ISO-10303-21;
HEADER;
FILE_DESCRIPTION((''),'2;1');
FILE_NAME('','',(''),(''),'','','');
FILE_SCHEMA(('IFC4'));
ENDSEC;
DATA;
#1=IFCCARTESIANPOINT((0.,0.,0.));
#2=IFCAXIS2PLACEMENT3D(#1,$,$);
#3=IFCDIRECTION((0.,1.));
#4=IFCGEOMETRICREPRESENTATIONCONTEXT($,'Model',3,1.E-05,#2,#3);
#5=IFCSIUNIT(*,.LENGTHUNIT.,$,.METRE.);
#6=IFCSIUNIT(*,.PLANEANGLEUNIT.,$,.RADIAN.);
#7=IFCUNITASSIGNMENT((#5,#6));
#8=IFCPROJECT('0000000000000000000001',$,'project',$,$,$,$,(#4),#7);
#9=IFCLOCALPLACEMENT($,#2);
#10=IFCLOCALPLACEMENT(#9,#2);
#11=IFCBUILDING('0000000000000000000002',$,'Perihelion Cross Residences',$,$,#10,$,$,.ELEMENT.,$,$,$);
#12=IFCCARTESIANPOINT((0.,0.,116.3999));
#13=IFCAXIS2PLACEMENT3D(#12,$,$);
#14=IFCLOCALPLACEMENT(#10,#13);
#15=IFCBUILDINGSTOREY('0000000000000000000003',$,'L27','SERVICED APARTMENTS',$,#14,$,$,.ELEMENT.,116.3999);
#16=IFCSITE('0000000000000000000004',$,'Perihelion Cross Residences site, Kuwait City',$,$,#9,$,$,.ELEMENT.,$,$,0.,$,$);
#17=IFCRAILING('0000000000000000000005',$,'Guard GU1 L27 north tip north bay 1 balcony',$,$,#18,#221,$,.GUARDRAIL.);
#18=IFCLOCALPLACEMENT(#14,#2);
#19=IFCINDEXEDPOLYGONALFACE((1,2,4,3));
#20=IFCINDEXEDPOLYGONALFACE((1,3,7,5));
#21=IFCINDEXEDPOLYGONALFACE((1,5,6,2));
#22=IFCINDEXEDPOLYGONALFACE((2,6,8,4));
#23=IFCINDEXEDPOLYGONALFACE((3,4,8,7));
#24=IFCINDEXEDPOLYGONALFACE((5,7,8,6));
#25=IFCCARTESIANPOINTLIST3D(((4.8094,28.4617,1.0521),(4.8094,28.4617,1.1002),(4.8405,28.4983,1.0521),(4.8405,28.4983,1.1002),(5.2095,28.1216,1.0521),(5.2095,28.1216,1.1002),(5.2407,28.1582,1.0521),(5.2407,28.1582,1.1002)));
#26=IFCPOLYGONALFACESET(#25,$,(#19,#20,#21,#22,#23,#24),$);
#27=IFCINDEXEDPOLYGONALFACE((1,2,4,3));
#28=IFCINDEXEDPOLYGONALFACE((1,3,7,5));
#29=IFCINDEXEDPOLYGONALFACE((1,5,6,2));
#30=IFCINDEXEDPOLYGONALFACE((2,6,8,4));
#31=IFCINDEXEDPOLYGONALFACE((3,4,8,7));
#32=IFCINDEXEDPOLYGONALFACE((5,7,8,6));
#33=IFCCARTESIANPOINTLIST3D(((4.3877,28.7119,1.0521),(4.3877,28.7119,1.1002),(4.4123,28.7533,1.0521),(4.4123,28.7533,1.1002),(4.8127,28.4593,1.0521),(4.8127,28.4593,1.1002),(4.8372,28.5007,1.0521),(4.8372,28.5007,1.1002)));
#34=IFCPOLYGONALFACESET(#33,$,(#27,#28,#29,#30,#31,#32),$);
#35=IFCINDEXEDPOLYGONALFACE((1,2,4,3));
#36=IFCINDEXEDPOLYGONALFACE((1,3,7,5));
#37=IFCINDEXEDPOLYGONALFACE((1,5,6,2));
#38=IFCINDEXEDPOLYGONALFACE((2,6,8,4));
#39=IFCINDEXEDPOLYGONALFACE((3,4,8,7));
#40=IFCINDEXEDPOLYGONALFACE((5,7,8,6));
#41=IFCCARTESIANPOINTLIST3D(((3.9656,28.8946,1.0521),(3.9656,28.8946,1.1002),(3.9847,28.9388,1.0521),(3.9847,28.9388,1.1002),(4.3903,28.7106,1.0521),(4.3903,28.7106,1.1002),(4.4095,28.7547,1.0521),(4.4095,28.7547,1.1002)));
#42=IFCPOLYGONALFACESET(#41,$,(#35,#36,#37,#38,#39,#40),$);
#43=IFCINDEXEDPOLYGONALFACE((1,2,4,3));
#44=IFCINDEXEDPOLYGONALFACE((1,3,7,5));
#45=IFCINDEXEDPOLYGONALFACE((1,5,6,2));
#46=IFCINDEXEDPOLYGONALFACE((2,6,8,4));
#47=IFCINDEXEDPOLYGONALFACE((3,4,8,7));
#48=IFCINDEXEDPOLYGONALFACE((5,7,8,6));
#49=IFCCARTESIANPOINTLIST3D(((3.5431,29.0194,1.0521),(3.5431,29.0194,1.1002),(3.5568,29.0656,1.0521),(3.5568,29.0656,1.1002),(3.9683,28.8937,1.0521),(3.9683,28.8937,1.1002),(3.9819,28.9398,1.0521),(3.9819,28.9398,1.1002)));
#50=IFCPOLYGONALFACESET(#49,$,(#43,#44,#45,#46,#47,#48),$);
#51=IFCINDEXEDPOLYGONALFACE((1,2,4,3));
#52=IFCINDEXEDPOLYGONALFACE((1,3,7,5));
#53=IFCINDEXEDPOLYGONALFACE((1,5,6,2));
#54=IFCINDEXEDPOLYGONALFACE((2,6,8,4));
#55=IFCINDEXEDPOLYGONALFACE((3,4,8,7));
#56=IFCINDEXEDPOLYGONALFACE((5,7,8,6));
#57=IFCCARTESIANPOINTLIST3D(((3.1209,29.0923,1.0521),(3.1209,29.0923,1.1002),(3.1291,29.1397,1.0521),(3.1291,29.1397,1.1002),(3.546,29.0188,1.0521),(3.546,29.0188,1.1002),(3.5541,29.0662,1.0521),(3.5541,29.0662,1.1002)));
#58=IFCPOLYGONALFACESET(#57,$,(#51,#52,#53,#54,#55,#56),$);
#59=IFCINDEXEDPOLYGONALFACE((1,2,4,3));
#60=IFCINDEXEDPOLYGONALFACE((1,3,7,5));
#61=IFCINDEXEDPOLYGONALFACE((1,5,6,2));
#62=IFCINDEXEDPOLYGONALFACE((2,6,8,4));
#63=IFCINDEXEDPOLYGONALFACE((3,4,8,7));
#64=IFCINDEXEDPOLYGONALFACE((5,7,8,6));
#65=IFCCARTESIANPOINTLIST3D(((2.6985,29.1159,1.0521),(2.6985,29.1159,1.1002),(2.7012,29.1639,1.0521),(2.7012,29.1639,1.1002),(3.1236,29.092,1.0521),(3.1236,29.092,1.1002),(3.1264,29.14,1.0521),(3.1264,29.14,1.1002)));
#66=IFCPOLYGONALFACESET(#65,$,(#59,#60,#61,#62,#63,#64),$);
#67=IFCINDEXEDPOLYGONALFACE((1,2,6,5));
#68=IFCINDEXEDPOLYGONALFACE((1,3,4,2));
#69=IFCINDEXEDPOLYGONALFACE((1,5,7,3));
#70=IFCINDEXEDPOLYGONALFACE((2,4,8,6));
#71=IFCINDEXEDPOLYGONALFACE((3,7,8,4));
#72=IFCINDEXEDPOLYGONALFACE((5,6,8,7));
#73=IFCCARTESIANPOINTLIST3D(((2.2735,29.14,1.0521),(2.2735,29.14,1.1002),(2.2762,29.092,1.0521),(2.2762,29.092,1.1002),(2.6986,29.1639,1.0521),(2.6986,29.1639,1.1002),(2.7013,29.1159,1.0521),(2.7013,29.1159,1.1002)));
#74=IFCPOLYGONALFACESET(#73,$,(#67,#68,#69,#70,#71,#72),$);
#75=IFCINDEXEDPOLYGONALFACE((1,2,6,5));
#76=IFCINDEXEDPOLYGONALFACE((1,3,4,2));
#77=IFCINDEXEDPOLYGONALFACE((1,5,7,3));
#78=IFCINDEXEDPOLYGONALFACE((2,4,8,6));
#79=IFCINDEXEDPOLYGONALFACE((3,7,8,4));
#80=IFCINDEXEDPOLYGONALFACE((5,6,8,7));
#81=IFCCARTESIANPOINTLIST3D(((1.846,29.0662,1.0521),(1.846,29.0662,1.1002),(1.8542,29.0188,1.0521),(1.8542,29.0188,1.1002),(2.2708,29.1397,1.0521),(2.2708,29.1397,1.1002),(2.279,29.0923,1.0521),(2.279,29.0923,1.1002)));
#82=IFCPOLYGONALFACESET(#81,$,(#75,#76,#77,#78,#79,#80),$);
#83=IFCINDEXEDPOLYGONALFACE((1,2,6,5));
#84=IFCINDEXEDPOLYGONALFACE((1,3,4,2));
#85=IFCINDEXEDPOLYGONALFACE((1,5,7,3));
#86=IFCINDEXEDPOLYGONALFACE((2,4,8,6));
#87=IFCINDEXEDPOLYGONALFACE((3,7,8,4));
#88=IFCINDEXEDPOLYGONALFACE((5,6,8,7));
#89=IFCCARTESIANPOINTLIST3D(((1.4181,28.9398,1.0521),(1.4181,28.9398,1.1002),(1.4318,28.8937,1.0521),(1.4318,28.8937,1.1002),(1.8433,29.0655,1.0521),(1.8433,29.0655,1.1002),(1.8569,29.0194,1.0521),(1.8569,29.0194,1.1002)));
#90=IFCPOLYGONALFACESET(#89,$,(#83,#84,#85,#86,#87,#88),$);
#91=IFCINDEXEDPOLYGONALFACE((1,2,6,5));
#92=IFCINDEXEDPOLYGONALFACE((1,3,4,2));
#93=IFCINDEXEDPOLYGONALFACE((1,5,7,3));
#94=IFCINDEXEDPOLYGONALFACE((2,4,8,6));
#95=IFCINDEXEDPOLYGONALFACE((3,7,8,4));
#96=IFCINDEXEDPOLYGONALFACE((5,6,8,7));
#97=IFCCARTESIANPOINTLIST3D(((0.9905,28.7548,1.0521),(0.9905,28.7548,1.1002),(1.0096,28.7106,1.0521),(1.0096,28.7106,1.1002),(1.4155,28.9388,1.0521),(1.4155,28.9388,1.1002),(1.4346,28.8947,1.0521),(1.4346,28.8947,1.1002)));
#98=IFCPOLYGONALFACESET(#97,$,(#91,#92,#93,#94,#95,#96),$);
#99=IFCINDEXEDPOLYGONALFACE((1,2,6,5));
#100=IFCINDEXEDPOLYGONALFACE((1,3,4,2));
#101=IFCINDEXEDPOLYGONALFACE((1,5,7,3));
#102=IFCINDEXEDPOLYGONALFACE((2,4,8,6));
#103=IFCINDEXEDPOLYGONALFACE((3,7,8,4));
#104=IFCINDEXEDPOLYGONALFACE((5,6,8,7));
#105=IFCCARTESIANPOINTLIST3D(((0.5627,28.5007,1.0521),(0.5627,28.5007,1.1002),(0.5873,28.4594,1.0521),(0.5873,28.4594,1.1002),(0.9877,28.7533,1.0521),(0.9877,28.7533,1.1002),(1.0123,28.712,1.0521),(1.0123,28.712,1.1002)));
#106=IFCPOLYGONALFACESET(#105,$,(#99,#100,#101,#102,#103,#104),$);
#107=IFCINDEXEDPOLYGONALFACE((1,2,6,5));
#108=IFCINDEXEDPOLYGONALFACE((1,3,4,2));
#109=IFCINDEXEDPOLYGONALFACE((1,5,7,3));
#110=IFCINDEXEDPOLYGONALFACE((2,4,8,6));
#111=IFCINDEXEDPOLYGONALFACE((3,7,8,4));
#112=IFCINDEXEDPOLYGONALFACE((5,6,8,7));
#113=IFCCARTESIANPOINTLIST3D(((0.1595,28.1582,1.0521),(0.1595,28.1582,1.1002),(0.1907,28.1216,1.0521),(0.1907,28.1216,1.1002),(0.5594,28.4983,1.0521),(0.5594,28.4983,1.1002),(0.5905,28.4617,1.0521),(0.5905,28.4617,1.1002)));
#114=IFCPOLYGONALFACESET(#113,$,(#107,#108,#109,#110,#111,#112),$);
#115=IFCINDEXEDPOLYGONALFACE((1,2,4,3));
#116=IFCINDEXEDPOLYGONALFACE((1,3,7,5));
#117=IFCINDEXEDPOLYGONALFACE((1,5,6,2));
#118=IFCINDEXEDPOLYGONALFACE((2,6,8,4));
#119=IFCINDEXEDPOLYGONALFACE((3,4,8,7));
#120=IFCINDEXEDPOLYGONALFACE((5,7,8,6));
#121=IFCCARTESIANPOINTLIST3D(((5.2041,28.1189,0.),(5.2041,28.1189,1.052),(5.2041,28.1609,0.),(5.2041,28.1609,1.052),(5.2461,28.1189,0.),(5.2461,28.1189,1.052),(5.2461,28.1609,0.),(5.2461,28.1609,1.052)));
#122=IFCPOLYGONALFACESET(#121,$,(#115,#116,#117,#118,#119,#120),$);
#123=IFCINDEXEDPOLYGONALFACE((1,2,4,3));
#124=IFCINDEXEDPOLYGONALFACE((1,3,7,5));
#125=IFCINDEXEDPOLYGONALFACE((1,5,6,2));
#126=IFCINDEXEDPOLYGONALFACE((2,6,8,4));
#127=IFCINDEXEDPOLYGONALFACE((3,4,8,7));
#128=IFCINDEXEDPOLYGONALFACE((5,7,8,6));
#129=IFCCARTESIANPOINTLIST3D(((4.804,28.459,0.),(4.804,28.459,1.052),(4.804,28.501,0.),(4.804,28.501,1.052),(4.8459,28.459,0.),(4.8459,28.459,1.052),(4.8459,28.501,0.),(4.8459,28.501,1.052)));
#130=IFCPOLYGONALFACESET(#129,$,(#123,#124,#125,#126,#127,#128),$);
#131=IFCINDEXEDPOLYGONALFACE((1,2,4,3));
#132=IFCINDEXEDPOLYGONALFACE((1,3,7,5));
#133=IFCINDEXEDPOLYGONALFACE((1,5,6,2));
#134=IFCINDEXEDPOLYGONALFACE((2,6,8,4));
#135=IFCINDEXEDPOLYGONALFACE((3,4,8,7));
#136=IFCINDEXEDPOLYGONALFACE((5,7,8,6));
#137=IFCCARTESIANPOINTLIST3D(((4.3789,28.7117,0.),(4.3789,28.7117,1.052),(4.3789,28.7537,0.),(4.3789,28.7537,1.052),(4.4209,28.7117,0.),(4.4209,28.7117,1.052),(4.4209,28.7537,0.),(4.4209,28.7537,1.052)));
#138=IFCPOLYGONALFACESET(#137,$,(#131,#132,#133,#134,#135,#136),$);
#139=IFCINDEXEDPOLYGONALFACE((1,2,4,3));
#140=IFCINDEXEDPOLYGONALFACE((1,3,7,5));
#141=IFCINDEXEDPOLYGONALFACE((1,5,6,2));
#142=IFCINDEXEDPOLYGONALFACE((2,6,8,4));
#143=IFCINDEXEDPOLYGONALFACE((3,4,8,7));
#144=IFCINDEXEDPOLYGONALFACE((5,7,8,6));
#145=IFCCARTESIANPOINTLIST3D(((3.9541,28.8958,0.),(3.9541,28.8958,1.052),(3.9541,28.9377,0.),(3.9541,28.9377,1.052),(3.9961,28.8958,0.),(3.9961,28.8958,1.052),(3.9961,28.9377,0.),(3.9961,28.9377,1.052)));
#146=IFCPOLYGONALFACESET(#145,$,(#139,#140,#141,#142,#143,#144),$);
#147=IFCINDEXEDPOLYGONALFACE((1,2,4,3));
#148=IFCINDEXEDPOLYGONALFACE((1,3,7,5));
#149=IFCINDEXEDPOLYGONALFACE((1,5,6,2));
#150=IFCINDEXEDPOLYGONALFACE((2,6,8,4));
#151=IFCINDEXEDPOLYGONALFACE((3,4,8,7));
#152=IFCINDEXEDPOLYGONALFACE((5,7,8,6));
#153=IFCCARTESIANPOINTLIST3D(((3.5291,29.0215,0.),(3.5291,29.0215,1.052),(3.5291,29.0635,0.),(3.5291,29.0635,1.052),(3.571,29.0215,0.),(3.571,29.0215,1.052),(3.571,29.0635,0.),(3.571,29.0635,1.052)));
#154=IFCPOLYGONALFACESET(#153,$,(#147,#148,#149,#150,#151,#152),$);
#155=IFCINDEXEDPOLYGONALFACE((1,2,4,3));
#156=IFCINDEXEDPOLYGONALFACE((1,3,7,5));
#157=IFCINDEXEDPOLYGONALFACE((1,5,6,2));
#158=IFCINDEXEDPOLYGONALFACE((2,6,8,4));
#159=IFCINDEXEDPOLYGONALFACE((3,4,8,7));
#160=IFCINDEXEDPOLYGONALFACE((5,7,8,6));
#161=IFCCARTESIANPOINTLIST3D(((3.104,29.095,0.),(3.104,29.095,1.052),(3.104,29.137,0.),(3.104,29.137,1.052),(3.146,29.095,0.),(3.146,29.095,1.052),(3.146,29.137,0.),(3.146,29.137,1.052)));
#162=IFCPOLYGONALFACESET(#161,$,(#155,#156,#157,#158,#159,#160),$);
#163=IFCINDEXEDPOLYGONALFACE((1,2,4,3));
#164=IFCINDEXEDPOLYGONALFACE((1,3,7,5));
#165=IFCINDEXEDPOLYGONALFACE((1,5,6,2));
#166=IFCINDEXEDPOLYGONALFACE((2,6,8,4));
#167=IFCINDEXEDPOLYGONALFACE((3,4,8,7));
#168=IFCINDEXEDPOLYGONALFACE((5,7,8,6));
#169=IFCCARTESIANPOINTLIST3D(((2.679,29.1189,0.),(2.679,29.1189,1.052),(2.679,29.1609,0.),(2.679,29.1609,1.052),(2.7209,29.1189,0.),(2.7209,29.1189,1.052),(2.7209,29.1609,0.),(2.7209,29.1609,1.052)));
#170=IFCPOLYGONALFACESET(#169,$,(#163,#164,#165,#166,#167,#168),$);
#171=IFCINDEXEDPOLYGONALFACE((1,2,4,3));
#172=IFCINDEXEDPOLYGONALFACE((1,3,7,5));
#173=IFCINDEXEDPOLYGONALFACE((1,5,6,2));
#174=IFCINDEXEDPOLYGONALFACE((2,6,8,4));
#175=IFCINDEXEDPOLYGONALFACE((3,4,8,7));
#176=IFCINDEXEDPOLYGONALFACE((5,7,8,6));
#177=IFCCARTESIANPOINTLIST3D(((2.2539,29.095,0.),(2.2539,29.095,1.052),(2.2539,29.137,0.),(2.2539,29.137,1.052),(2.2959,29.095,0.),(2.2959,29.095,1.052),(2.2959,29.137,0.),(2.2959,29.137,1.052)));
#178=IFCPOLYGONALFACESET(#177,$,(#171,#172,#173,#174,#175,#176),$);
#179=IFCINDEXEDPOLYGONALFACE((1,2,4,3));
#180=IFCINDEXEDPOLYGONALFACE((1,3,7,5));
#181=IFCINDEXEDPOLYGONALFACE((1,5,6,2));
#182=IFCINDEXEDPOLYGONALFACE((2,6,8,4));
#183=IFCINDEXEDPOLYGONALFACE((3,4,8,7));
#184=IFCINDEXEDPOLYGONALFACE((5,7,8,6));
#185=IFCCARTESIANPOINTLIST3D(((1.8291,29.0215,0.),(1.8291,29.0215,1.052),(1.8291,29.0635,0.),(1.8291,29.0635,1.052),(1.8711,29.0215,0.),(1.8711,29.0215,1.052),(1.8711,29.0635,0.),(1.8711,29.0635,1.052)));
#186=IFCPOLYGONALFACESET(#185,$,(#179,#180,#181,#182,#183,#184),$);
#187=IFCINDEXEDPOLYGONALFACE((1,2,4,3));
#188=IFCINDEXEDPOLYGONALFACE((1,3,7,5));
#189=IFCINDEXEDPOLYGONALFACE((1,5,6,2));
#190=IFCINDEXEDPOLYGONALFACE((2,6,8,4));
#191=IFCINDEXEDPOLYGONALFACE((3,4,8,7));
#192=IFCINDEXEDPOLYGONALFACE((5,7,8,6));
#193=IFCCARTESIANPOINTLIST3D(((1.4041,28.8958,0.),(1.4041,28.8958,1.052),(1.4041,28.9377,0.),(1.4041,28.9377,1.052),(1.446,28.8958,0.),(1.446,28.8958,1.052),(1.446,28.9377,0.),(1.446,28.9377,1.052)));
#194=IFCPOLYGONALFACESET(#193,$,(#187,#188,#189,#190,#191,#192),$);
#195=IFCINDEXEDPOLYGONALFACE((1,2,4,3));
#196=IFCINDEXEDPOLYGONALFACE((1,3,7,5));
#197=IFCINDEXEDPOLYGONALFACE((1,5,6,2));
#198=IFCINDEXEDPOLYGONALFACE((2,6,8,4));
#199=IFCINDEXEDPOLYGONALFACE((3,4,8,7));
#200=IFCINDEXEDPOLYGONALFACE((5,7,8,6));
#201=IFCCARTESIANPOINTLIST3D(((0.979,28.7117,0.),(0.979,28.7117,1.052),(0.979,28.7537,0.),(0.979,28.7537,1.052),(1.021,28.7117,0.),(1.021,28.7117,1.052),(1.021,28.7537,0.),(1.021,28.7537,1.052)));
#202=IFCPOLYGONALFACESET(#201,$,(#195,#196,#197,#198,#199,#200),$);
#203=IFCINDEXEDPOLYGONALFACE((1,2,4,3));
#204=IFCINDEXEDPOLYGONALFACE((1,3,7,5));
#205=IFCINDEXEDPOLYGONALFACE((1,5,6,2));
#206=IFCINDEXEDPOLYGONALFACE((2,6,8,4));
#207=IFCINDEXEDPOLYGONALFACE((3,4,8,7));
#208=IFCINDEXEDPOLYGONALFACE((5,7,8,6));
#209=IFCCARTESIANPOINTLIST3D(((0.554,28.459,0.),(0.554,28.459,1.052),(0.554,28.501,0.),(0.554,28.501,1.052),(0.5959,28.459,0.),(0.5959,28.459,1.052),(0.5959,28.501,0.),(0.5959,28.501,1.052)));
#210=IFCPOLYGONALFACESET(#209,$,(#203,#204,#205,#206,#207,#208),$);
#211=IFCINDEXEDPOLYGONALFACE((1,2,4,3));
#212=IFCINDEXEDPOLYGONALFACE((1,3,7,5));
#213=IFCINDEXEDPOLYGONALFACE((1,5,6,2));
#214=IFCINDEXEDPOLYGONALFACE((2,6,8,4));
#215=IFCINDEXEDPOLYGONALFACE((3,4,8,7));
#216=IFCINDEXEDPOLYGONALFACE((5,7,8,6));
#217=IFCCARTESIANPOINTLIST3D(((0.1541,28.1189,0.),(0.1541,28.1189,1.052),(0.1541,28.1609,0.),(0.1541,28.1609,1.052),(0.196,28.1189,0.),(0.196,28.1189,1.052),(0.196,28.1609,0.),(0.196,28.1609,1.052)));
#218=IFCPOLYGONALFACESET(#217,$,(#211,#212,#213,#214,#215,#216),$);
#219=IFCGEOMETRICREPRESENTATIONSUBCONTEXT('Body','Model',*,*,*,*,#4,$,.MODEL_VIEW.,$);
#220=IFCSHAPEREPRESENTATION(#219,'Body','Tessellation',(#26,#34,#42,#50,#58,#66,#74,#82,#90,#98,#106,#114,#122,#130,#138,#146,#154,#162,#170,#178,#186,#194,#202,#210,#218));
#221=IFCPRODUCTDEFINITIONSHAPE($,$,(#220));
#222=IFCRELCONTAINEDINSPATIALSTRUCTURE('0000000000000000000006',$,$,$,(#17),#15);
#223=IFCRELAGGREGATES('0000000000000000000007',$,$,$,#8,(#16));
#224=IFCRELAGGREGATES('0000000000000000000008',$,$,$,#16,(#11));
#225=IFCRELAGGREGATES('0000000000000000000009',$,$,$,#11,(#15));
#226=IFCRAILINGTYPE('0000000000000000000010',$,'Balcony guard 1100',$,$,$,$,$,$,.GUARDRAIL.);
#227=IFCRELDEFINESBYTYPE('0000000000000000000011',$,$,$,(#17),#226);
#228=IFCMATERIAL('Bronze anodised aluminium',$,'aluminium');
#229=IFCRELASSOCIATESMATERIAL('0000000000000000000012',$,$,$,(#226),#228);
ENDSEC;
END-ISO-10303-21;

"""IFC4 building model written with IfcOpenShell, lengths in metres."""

from ifc_helpers import new_model, si_unit, direction, frame, origin, origin_2d, place, context, subcontext, project, spatial, rectangle, extrude, material, type_object, element, save


model = new_model("IFC4")

# Units and contexts
model_context = context("Model", 3, precision=1e-05, world=origin(), true_north=direction((0.0, 1.0)))
body_context = subcontext(model_context, "Body", "Model", "MODEL_VIEW")
ifc_project = project(units=[si_unit("LENGTHUNIT", "METRE"), si_unit("PLANEANGLEUNIT", "RADIAN")], contexts=[model_context])

# Site, building, storey
site_placement = place(None, origin())
site = spatial("IfcSite", under=ifc_project, at=site_placement, Name="Perihelion Cross Residences site, Kuwait City", CompositionType="ELEMENT", RefElevation=0.0)
building_placement = place(site_placement, origin())
building = spatial("IfcBuilding", under=site, at=building_placement, Name="Perihelion Cross Residences", CompositionType="ELEMENT")
storey_placement = place(building_placement, frame((0.0, 0.0, 116.3999)))
storey = spatial("IfcBuildingStorey", under=building, at=storey_placement, Name="L27", Description="SERVICED APARTMENTS", CompositionType="ELEMENT", Elevation=116.3999)

# Railing
ifc_material_1 = material(Name="Bronze anodised aluminium", Category="aluminium")
railing_type = type_object("IfcRailingType", Name="Balcony guard 1100", PredefinedType="GUARDRAIL", material=ifc_material_1)
railing_placement = place(storey_placement, frame((5.2251, 28.1399, 0.0)))
element("IfcRailing", 1, at=railing_placement, inside=storey, type_object=railing_type, Name="Guard GU1 L27 north tip north bay 1 balcony", PredefinedType="GUARDRAIL", context=body_context, shape_type="SweptSolid", body=[
    extrude(rectangle(XDim=0.0481, YDim=0.0481, at=origin_2d()), frame((0.0, 0.0, 1.0762), z_axis=(-0.761974, 0.647608, 0.0), x_axis=(-0.647608, -0.761974, 0.0)), (0.0, 0.0, 1.0), 0.5251),
    extrude(rectangle(XDim=0.0481, YDim=0.0481, at=origin_2d()), frame((-0.4001, 0.3401, 1.0762), z_axis=(-0.859577, 0.511006, 0.0), x_axis=(-0.511006, -0.859577, 0.0)), (0.0, 0.0, 1.0), 0.4944),
    extrude(rectangle(XDim=0.0481, YDim=0.0481, at=origin_2d()), frame((-0.8252, 0.5928, 1.0762), z_axis=(-0.917556, 0.397607, 0.0), x_axis=(-0.397607, -0.917556, 0.0)), (0.0, 0.0, 1.0), 0.4629),
    extrude(rectangle(XDim=0.0481, YDim=0.0481, at=origin_2d()), frame((-1.25, 0.7769, 1.0762), z_axis=(-0.958926, 0.283657, 0.0), x_axis=(-0.283657, -0.958926, 0.0)), (0.0, 0.0, 1.0), 0.4434),
    extrude(rectangle(XDim=0.0481, YDim=0.0481, at=origin_2d()), frame((-1.675, 0.9026, 1.0762), z_axis=(-0.985382, 0.170362, 0.0), x_axis=(-0.170362, -0.985382, 0.0)), (0.0, 0.0, 1.0), 0.4314),
    extrude(rectangle(XDim=0.0481, YDim=0.0481, at=origin_2d()), frame((-2.1001, 0.9761, 1.0762), z_axis=(-0.99842, 0.056201, 0.0), x_axis=(-0.056201, -0.99842, 0.0)), (0.0, 0.0, 1.0), 0.4258),
    extrude(rectangle(XDim=0.0481, YDim=0.0481, at=origin_2d()), frame((-2.5251, 1.0, 1.0762), z_axis=(-0.99842, -0.056201, 0.0), x_axis=(0.056201, -0.99842, 0.0)), (0.0, 0.0, 1.0), 0.4258),
    extrude(rectangle(XDim=0.0481, YDim=0.0481, at=origin_2d()), frame((-2.9502, 0.9761, 1.0762), z_axis=(-0.985365, -0.170457, 0.0), x_axis=(0.170457, -0.985365, 0.0)), (0.0, 0.0, 1.0), 0.4312),
    extrude(rectangle(XDim=0.0481, YDim=0.0481, at=origin_2d()), frame((-3.375, 0.9026, 1.0762), z_axis=(-0.958926, -0.283657, 0.0), x_axis=(0.283657, -0.958926, 0.0)), (0.0, 0.0, 1.0), 0.4434),
    extrude(rectangle(XDim=0.0481, YDim=0.0481, at=origin_2d()), frame((-3.8, 0.7769, 1.0762), z_axis=(-0.917639, -0.397415, 0.0), x_axis=(0.397415, -0.917639, 0.0)), (0.0, 0.0, 1.0), 0.4631),
    extrude(rectangle(XDim=0.0481, YDim=0.0481, at=origin_2d()), frame((-4.2251, 0.5928, 1.0762), z_axis=(-0.859577, -0.511006, 0.0), x_axis=(0.511006, -0.859577, 0.0)), (0.0, 0.0, 1.0), 0.4944),
    extrude(rectangle(XDim=0.0481, YDim=0.0481, at=origin_2d()), frame((-4.6501, 0.3401, 1.0762), z_axis=(-0.761779, -0.647837, 0.0), x_axis=(0.647837, -0.761779, 0.0)), (0.0, 0.0, 1.0), 0.5249),
    extrude(rectangle(XDim=0.042, YDim=0.042, at=origin_2d()), origin(), (0.0, 0.0, 1.0), 1.052),
    extrude(rectangle(XDim=0.042, YDim=0.042, at=origin_2d()), frame((-0.4001, 0.3401, 0.0)), (0.0, 0.0, 1.0), 1.052),
    extrude(rectangle(XDim=0.042, YDim=0.042, at=origin_2d()), frame((-0.8252, 0.5928, 0.0)), (0.0, 0.0, 1.0), 1.052),
    extrude(rectangle(XDim=0.042, YDim=0.042, at=origin_2d()), frame((-1.25, 0.7769, 0.0)), (0.0, 0.0, 1.0), 1.052),
    extrude(rectangle(XDim=0.042, YDim=0.042, at=origin_2d()), frame((-1.675, 0.9026, 0.0)), (0.0, 0.0, 1.0), 1.052),
    extrude(rectangle(XDim=0.042, YDim=0.042, at=origin_2d()), frame((-2.1001, 0.9761, 0.0)), (0.0, 0.0, 1.0), 1.052),
    extrude(rectangle(XDim=0.042, YDim=0.042, at=origin_2d()), frame((-2.5251, 1.0, 0.0)), (0.0, 0.0, 1.0), 1.052),
    extrude(rectangle(XDim=0.042, YDim=0.042, at=origin_2d()), frame((-2.9502, 0.9761, 0.0)), (0.0, 0.0, 1.0), 1.052),
    extrude(rectangle(XDim=0.042, YDim=0.042, at=origin_2d()), frame((-3.375, 0.9026, 0.0)), (0.0, 0.0, 1.0), 1.052),
    extrude(rectangle(XDim=0.042, YDim=0.042, at=origin_2d()), frame((-3.8, 0.7769, 0.0)), (0.0, 0.0, 1.0), 1.052),
    extrude(rectangle(XDim=0.042, YDim=0.042, at=origin_2d()), frame((-4.2251, 0.5928, 0.0)), (0.0, 0.0, 1.0), 1.052),
    extrude(rectangle(XDim=0.042, YDim=0.042, at=origin_2d()), frame((-4.6501, 0.3401, 0.0)), (0.0, 0.0, 1.0), 1.052),
    extrude(rectangle(XDim=0.042, YDim=0.042, at=origin_2d()), frame((-5.05, 0.0, 0.0)), (0.0, 0.0, 1.0), 1.052),
])

save(model, "model.ifc")
